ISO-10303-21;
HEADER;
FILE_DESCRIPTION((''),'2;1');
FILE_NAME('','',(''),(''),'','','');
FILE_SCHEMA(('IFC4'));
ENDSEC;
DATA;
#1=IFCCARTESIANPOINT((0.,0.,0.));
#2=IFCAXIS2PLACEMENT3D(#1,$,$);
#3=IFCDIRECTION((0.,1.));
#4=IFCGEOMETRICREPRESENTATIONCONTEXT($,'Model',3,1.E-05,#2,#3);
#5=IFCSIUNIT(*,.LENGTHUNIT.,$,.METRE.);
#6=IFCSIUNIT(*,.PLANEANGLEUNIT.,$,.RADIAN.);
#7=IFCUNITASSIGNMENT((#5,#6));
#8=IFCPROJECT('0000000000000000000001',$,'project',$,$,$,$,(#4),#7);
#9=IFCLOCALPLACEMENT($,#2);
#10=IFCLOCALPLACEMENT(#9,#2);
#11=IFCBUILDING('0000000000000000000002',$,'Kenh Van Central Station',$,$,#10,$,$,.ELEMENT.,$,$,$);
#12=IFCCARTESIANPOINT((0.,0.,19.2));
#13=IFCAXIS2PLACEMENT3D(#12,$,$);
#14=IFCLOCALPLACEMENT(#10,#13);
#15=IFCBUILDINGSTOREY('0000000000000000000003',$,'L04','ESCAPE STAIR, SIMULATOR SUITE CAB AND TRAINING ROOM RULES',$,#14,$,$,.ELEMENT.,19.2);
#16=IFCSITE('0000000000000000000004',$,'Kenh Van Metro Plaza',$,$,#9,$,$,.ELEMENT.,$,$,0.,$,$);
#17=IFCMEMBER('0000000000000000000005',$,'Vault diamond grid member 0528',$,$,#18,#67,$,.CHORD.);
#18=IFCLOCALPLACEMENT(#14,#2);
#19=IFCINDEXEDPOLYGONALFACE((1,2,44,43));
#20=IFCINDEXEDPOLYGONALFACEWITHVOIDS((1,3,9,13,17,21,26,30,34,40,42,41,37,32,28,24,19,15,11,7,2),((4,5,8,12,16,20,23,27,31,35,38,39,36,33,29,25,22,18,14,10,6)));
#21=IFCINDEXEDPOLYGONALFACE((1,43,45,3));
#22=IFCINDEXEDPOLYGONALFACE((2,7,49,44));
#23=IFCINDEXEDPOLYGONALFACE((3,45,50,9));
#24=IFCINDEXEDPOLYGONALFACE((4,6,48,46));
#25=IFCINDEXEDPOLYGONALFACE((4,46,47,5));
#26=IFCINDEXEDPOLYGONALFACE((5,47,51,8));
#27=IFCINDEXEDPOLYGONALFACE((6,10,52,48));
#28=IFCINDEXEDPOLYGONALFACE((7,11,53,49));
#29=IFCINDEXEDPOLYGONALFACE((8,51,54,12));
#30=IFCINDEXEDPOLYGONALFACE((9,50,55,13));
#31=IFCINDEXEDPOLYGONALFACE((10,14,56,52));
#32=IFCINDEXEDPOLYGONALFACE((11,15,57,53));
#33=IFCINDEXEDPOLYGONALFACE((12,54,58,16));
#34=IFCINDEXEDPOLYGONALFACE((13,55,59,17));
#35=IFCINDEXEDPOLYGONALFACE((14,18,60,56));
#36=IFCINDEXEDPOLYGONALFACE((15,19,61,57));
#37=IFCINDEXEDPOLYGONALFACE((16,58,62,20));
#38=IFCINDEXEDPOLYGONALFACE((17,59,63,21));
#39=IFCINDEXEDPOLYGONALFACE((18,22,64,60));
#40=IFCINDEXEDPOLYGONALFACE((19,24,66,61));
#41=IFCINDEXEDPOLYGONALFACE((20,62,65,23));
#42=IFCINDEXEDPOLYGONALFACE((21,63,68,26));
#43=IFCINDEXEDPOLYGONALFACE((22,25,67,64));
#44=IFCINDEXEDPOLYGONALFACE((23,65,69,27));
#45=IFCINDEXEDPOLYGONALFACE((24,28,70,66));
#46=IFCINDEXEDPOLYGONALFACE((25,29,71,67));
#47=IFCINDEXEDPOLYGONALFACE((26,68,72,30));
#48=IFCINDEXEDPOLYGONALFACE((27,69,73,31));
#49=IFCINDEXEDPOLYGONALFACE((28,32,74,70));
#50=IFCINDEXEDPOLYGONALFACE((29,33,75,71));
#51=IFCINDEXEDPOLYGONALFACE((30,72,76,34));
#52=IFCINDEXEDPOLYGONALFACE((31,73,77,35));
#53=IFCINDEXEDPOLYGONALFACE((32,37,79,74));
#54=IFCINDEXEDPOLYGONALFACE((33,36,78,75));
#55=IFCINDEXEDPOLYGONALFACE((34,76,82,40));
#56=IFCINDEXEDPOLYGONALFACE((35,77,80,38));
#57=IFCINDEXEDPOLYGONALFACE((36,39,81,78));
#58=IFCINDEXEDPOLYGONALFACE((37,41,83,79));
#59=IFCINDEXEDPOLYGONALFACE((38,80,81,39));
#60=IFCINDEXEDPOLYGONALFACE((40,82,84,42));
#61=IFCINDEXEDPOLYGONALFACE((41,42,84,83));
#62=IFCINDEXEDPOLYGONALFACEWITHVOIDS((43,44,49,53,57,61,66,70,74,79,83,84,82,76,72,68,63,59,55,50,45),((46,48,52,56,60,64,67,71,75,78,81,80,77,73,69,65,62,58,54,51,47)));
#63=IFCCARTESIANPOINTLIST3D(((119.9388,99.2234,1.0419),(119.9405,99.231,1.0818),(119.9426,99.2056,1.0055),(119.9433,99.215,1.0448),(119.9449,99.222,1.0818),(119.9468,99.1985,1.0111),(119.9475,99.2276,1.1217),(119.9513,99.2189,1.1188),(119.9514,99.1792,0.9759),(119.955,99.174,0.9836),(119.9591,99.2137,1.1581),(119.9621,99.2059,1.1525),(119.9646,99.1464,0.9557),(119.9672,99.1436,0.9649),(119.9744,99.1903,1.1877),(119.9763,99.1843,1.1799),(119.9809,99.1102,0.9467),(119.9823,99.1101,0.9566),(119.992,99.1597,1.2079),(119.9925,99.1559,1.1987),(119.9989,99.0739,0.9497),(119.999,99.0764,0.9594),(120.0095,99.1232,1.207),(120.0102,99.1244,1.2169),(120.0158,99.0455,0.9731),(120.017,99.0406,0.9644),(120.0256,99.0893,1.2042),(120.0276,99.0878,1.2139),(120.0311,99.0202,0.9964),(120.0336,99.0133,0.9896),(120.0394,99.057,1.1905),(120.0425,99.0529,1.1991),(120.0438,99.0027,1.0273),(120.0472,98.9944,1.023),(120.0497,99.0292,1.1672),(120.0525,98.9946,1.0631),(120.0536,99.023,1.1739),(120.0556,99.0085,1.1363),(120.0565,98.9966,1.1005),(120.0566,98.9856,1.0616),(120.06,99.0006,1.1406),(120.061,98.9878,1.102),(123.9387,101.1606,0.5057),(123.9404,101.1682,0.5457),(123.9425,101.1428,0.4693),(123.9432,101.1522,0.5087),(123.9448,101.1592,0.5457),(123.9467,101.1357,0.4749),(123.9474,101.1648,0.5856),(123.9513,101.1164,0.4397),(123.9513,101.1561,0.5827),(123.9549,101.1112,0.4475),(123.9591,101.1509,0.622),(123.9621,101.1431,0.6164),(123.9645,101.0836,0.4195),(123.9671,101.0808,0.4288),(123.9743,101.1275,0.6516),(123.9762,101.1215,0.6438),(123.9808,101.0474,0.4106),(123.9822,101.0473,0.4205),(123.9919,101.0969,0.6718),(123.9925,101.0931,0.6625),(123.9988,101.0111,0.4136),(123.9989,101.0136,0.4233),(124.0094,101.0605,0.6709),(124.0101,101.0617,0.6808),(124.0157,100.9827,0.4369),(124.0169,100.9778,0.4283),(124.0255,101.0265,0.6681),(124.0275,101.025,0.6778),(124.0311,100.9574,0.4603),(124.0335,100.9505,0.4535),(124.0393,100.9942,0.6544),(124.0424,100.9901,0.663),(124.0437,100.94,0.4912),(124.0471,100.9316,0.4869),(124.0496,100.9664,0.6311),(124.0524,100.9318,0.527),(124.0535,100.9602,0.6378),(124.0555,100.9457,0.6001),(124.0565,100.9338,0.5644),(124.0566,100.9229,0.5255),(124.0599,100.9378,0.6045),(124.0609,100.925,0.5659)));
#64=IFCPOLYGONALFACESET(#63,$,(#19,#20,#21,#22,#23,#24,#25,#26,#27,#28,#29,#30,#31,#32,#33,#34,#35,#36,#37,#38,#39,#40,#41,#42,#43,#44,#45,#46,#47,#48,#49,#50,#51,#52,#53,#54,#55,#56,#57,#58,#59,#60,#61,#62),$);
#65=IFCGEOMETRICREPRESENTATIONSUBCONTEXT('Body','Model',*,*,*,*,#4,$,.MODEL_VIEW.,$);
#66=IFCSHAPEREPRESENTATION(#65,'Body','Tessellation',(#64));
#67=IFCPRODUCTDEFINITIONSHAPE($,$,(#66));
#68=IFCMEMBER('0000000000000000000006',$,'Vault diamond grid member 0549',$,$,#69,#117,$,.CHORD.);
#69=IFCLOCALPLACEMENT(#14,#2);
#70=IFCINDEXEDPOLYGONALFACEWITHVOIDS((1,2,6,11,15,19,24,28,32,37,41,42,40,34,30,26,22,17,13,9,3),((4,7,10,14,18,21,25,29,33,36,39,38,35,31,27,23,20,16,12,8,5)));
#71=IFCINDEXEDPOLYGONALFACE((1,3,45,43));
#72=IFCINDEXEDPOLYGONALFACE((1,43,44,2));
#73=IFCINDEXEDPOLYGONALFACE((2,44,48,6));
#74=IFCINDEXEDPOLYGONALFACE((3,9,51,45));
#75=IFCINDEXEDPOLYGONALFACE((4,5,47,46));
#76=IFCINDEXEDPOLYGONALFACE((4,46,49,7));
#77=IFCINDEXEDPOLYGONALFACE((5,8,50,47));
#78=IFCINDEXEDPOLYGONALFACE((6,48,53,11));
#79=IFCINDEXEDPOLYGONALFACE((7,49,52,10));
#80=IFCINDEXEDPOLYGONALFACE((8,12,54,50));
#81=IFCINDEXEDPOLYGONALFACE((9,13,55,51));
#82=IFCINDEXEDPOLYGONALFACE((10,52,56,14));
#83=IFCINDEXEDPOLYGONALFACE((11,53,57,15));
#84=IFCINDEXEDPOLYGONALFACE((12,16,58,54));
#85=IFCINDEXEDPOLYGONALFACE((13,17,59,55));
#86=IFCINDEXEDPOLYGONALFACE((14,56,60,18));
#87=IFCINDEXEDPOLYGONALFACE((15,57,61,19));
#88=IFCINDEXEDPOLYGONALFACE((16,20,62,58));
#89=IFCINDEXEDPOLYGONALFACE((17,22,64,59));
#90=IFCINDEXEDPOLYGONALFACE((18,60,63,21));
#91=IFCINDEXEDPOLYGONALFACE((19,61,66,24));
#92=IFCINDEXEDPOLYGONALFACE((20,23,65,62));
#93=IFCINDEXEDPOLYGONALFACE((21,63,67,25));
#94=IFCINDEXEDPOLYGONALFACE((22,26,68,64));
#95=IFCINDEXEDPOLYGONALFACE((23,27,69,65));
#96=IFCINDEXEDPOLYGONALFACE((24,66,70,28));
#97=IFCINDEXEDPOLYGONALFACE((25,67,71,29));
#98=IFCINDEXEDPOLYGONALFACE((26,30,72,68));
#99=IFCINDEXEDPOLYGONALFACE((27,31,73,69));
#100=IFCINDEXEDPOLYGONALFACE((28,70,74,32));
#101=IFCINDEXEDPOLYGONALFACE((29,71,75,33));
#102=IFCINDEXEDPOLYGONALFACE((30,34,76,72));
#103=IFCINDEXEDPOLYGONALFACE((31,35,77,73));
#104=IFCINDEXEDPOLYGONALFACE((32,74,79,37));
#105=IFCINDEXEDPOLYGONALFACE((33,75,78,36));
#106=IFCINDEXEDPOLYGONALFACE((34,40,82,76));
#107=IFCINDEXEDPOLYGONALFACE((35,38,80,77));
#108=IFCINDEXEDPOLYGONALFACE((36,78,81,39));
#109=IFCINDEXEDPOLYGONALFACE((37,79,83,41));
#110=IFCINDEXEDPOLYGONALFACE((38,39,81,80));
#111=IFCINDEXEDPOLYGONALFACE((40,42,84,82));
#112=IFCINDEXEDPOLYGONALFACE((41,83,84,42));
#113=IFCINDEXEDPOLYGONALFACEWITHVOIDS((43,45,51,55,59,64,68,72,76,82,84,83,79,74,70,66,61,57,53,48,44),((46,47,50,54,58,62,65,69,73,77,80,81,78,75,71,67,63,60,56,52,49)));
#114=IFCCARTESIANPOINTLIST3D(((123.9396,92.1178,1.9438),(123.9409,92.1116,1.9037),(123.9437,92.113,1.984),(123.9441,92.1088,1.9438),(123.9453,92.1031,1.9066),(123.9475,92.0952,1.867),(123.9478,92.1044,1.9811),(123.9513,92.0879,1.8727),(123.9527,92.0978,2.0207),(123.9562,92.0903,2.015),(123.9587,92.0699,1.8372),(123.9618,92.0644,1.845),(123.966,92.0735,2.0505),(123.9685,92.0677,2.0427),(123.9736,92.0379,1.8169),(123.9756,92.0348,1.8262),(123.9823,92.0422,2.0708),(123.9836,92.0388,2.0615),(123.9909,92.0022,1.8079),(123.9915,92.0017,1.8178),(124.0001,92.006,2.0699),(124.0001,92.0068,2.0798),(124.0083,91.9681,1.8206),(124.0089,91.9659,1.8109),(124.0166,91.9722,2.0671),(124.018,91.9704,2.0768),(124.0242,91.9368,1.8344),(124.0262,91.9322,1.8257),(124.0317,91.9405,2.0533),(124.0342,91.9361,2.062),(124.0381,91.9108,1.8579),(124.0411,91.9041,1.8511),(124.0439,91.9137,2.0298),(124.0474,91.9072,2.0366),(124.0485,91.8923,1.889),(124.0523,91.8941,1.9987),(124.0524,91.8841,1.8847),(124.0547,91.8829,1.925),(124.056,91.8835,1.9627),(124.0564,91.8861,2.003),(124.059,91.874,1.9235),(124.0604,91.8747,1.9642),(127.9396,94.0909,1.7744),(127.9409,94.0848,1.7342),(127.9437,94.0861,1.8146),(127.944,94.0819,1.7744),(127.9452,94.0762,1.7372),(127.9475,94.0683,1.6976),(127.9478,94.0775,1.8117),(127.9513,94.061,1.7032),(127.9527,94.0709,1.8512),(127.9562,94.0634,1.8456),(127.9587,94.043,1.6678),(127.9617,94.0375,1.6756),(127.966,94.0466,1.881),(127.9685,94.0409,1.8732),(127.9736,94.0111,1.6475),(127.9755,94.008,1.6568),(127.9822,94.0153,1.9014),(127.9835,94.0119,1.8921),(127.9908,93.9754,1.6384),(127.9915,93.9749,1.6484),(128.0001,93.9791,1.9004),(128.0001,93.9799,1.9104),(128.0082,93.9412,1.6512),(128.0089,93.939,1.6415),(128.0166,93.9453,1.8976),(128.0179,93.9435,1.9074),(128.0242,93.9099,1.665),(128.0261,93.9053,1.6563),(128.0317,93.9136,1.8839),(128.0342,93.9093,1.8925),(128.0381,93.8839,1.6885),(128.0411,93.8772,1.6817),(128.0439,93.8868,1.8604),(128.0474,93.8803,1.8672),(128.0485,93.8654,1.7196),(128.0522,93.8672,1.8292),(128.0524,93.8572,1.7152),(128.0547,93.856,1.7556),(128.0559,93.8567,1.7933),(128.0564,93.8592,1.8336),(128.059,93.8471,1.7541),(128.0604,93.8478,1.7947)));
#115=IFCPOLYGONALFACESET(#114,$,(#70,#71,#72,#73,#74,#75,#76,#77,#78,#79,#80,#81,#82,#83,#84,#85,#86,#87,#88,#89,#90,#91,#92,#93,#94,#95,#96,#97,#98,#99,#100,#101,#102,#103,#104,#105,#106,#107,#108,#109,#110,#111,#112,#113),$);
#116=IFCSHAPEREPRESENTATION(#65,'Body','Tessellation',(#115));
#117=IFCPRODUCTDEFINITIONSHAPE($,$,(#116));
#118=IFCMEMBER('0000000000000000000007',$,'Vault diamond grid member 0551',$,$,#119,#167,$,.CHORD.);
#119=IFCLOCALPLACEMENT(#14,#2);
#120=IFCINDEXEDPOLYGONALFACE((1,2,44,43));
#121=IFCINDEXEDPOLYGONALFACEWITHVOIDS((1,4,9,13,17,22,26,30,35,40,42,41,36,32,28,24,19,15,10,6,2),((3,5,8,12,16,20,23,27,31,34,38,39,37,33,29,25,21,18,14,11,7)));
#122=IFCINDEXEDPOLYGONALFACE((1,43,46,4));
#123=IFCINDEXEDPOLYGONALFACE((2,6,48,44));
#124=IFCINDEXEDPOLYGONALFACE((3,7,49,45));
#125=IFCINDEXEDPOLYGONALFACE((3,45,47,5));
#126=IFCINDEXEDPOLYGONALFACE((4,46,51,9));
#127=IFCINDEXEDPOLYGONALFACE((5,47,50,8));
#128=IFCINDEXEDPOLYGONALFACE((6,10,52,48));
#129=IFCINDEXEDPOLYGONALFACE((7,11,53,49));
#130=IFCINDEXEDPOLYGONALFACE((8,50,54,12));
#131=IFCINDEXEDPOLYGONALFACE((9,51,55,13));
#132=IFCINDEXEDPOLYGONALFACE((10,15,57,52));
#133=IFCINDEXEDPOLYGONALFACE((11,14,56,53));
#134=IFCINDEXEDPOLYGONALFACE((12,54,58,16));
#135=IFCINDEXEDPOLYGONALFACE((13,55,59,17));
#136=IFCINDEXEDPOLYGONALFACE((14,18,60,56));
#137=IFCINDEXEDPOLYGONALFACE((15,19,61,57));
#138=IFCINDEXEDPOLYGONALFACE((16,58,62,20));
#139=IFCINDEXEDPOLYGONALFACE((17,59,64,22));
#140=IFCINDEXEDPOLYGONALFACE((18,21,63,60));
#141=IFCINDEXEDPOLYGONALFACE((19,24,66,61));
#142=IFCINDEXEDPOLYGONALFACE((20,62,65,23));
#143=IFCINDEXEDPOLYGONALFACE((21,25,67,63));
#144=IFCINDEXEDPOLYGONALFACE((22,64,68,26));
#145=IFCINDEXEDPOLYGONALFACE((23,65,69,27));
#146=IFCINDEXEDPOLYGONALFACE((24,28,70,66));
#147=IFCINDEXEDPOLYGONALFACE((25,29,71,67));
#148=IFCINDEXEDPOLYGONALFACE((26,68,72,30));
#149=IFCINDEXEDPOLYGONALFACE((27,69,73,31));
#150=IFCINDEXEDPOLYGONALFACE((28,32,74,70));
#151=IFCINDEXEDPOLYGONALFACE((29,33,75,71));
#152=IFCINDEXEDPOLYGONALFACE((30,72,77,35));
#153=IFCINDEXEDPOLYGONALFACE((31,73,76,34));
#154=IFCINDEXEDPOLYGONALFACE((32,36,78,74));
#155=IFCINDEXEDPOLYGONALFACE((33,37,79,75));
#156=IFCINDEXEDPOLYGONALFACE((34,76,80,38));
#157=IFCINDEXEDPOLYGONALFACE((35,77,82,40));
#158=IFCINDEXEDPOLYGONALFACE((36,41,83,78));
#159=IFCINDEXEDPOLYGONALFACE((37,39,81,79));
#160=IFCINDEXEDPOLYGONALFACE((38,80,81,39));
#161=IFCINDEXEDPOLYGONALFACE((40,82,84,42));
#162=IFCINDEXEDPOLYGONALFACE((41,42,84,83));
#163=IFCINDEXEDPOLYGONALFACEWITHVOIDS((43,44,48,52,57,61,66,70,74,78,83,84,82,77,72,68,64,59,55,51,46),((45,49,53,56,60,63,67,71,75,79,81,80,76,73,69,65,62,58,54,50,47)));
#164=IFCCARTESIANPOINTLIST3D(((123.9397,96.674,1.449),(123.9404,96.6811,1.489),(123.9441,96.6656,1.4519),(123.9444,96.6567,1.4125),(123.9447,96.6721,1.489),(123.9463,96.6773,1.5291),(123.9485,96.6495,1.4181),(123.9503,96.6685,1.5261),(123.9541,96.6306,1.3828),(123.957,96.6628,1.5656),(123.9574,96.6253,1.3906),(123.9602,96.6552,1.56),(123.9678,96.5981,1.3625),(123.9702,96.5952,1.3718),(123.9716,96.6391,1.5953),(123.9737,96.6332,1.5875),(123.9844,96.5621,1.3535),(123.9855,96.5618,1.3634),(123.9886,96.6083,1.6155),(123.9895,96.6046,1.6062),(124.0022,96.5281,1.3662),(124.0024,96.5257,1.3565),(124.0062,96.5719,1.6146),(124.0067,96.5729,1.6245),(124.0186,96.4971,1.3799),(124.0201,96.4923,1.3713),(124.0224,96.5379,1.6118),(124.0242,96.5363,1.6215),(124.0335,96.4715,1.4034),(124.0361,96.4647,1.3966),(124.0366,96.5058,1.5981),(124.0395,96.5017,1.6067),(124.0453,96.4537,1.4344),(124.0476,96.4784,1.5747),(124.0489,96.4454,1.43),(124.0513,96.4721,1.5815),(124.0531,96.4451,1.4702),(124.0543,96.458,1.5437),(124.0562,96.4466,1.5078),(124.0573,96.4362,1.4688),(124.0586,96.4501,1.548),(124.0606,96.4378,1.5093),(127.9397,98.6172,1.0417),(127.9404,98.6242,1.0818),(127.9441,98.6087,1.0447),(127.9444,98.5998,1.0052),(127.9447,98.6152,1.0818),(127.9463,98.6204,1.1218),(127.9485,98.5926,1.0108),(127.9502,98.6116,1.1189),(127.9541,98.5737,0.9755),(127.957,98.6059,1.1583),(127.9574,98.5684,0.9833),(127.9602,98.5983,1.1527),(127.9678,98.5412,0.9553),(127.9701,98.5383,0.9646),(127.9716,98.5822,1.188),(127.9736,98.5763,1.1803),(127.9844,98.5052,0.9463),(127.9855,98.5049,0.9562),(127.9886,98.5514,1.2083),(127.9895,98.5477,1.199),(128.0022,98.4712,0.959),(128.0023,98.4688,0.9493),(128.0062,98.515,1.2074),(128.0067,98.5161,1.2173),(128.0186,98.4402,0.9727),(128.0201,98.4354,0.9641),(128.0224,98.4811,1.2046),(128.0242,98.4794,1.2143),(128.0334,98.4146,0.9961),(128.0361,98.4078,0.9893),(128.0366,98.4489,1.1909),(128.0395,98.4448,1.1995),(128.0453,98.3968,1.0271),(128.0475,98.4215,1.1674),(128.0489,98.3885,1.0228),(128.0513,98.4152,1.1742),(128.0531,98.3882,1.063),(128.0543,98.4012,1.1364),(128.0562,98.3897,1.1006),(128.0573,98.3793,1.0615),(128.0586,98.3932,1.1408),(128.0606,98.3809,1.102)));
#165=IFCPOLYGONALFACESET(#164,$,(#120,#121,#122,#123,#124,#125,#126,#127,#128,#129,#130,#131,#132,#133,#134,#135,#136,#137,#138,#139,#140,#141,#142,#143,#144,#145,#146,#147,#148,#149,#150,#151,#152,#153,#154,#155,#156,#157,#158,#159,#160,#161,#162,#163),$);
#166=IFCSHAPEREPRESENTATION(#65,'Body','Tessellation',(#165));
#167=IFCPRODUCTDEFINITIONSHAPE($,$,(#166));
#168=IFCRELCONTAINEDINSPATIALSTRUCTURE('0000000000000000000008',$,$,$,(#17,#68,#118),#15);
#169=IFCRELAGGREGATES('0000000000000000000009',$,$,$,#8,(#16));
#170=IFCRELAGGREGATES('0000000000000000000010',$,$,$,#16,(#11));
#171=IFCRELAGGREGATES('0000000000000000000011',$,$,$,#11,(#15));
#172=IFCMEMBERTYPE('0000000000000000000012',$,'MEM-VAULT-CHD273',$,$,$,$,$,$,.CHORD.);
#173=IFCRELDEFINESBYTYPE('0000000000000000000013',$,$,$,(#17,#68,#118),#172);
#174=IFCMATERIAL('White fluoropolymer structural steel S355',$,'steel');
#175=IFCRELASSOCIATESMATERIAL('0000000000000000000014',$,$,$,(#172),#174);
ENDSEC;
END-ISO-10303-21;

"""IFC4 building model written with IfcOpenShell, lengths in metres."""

from ifc_helpers import new_model, si_unit, direction, frame, origin, origin_2d, place, context, subcontext, project, spatial, hollow_circle, extrude, material, material_profile, profile_set, type_object, element, save


model = new_model("IFC4")

# Units and contexts
model_context = context("Model", 3, precision=1e-05, world=origin(), true_north=direction((0.0, 1.0)))
body_context = subcontext(model_context, "Body", "Model", "MODEL_VIEW")
ifc_project = project(units=[si_unit("LENGTHUNIT", "METRE"), si_unit("PLANEANGLEUNIT", "RADIAN")], contexts=[model_context])

# Site, building, storey
site_placement = place(None, origin())
site = spatial("IfcSite", under=ifc_project, at=site_placement, Name="Kenh Van Metro Plaza", CompositionType="ELEMENT", RefElevation=0.0)
building_placement = place(site_placement, origin())
building = spatial("IfcBuilding", under=site, at=building_placement, Name="Kenh Van Central Station", CompositionType="ELEMENT")
storey_placement = place(building_placement, frame((0.0, 0.0, 19.2)))
storey = spatial("IfcBuildingStorey", under=building, at=storey_placement, Name="L04", Description="ESCAPE STAIR, SIMULATOR SUITE CAB AND TRAINING ROOM RULES", CompositionType="ELEMENT", Elevation=19.2)

# Shared definitions
ifc_material_1 = material(Name="White fluoropolymer structural steel S355", Category="steel")

# Members
ifc_material_profile_1 = material_profile(ifc_material_1, hollow_circle(Radius=0.1365, WallThickness=0.01, at=origin_2d()), Name="CHS 273x10")
ifc_profile_set_1 = profile_set([ifc_material_profile_1], Name="White fluoropolymer structural steel S355")
member_type_1 = type_object("IfcMemberType", Name="MEM-VAULT-CHD273", PredefinedType="CHORD", material=ifc_profile_set_1)
member_1_placement = place(storey_placement, frame((120.0, 99.1082, 1.0818), z_axis=(0.893525, 0.432747, -0.119762), x_axis=(-0.435884, 0.900003, 0.0)))
element("IfcMember", 1, at=member_1_placement, inside=storey, type_object=member_type_1, Name="Vault diamond grid member 0528", PredefinedType="CHORD", context=body_context, shape_type="SweptSolid", body=[
    extrude(hollow_circle(Radius=0.1365, WallThickness=0.01, at=origin_2d()), origin(), (0.0, 0.0, 1.0), 4.4766),
])
member_2_placement = place(storey_placement, frame((124.0, 91.9954, 1.9438), z_axis=(0.896176, 0.442071, -0.037961), x_axis=(-0.44239, 0.896823, 0.0)))
element("IfcMember", 2, at=member_2_placement, inside=storey, type_object=member_type_1, Name="Vault diamond grid member 0549", PredefinedType="CHORD", context=body_context, shape_type="SweptSolid", body=[
    extrude(hollow_circle(Radius=0.1365, WallThickness=0.01, at=origin_2d()), origin(), (0.0, 0.0, 1.0), 4.4634),
])
member_3_placement = place(storey_placement, frame((124.0, 96.5583, 1.489), z_axis=(0.895737, 0.43513, -0.091192), x_axis=(-0.436951, 0.899485, 0.0)))
element("IfcMember", 3, at=member_3_placement, inside=storey, type_object=member_type_1, Name="Vault diamond grid member 0551", PredefinedType="CHORD", context=body_context, shape_type="SweptSolid", body=[
    extrude(hollow_circle(Radius=0.1365, WallThickness=0.01, at=origin_2d()), origin(), (0.0, 0.0, 1.0), 4.4656),
])

save(model, "model.ifc")
